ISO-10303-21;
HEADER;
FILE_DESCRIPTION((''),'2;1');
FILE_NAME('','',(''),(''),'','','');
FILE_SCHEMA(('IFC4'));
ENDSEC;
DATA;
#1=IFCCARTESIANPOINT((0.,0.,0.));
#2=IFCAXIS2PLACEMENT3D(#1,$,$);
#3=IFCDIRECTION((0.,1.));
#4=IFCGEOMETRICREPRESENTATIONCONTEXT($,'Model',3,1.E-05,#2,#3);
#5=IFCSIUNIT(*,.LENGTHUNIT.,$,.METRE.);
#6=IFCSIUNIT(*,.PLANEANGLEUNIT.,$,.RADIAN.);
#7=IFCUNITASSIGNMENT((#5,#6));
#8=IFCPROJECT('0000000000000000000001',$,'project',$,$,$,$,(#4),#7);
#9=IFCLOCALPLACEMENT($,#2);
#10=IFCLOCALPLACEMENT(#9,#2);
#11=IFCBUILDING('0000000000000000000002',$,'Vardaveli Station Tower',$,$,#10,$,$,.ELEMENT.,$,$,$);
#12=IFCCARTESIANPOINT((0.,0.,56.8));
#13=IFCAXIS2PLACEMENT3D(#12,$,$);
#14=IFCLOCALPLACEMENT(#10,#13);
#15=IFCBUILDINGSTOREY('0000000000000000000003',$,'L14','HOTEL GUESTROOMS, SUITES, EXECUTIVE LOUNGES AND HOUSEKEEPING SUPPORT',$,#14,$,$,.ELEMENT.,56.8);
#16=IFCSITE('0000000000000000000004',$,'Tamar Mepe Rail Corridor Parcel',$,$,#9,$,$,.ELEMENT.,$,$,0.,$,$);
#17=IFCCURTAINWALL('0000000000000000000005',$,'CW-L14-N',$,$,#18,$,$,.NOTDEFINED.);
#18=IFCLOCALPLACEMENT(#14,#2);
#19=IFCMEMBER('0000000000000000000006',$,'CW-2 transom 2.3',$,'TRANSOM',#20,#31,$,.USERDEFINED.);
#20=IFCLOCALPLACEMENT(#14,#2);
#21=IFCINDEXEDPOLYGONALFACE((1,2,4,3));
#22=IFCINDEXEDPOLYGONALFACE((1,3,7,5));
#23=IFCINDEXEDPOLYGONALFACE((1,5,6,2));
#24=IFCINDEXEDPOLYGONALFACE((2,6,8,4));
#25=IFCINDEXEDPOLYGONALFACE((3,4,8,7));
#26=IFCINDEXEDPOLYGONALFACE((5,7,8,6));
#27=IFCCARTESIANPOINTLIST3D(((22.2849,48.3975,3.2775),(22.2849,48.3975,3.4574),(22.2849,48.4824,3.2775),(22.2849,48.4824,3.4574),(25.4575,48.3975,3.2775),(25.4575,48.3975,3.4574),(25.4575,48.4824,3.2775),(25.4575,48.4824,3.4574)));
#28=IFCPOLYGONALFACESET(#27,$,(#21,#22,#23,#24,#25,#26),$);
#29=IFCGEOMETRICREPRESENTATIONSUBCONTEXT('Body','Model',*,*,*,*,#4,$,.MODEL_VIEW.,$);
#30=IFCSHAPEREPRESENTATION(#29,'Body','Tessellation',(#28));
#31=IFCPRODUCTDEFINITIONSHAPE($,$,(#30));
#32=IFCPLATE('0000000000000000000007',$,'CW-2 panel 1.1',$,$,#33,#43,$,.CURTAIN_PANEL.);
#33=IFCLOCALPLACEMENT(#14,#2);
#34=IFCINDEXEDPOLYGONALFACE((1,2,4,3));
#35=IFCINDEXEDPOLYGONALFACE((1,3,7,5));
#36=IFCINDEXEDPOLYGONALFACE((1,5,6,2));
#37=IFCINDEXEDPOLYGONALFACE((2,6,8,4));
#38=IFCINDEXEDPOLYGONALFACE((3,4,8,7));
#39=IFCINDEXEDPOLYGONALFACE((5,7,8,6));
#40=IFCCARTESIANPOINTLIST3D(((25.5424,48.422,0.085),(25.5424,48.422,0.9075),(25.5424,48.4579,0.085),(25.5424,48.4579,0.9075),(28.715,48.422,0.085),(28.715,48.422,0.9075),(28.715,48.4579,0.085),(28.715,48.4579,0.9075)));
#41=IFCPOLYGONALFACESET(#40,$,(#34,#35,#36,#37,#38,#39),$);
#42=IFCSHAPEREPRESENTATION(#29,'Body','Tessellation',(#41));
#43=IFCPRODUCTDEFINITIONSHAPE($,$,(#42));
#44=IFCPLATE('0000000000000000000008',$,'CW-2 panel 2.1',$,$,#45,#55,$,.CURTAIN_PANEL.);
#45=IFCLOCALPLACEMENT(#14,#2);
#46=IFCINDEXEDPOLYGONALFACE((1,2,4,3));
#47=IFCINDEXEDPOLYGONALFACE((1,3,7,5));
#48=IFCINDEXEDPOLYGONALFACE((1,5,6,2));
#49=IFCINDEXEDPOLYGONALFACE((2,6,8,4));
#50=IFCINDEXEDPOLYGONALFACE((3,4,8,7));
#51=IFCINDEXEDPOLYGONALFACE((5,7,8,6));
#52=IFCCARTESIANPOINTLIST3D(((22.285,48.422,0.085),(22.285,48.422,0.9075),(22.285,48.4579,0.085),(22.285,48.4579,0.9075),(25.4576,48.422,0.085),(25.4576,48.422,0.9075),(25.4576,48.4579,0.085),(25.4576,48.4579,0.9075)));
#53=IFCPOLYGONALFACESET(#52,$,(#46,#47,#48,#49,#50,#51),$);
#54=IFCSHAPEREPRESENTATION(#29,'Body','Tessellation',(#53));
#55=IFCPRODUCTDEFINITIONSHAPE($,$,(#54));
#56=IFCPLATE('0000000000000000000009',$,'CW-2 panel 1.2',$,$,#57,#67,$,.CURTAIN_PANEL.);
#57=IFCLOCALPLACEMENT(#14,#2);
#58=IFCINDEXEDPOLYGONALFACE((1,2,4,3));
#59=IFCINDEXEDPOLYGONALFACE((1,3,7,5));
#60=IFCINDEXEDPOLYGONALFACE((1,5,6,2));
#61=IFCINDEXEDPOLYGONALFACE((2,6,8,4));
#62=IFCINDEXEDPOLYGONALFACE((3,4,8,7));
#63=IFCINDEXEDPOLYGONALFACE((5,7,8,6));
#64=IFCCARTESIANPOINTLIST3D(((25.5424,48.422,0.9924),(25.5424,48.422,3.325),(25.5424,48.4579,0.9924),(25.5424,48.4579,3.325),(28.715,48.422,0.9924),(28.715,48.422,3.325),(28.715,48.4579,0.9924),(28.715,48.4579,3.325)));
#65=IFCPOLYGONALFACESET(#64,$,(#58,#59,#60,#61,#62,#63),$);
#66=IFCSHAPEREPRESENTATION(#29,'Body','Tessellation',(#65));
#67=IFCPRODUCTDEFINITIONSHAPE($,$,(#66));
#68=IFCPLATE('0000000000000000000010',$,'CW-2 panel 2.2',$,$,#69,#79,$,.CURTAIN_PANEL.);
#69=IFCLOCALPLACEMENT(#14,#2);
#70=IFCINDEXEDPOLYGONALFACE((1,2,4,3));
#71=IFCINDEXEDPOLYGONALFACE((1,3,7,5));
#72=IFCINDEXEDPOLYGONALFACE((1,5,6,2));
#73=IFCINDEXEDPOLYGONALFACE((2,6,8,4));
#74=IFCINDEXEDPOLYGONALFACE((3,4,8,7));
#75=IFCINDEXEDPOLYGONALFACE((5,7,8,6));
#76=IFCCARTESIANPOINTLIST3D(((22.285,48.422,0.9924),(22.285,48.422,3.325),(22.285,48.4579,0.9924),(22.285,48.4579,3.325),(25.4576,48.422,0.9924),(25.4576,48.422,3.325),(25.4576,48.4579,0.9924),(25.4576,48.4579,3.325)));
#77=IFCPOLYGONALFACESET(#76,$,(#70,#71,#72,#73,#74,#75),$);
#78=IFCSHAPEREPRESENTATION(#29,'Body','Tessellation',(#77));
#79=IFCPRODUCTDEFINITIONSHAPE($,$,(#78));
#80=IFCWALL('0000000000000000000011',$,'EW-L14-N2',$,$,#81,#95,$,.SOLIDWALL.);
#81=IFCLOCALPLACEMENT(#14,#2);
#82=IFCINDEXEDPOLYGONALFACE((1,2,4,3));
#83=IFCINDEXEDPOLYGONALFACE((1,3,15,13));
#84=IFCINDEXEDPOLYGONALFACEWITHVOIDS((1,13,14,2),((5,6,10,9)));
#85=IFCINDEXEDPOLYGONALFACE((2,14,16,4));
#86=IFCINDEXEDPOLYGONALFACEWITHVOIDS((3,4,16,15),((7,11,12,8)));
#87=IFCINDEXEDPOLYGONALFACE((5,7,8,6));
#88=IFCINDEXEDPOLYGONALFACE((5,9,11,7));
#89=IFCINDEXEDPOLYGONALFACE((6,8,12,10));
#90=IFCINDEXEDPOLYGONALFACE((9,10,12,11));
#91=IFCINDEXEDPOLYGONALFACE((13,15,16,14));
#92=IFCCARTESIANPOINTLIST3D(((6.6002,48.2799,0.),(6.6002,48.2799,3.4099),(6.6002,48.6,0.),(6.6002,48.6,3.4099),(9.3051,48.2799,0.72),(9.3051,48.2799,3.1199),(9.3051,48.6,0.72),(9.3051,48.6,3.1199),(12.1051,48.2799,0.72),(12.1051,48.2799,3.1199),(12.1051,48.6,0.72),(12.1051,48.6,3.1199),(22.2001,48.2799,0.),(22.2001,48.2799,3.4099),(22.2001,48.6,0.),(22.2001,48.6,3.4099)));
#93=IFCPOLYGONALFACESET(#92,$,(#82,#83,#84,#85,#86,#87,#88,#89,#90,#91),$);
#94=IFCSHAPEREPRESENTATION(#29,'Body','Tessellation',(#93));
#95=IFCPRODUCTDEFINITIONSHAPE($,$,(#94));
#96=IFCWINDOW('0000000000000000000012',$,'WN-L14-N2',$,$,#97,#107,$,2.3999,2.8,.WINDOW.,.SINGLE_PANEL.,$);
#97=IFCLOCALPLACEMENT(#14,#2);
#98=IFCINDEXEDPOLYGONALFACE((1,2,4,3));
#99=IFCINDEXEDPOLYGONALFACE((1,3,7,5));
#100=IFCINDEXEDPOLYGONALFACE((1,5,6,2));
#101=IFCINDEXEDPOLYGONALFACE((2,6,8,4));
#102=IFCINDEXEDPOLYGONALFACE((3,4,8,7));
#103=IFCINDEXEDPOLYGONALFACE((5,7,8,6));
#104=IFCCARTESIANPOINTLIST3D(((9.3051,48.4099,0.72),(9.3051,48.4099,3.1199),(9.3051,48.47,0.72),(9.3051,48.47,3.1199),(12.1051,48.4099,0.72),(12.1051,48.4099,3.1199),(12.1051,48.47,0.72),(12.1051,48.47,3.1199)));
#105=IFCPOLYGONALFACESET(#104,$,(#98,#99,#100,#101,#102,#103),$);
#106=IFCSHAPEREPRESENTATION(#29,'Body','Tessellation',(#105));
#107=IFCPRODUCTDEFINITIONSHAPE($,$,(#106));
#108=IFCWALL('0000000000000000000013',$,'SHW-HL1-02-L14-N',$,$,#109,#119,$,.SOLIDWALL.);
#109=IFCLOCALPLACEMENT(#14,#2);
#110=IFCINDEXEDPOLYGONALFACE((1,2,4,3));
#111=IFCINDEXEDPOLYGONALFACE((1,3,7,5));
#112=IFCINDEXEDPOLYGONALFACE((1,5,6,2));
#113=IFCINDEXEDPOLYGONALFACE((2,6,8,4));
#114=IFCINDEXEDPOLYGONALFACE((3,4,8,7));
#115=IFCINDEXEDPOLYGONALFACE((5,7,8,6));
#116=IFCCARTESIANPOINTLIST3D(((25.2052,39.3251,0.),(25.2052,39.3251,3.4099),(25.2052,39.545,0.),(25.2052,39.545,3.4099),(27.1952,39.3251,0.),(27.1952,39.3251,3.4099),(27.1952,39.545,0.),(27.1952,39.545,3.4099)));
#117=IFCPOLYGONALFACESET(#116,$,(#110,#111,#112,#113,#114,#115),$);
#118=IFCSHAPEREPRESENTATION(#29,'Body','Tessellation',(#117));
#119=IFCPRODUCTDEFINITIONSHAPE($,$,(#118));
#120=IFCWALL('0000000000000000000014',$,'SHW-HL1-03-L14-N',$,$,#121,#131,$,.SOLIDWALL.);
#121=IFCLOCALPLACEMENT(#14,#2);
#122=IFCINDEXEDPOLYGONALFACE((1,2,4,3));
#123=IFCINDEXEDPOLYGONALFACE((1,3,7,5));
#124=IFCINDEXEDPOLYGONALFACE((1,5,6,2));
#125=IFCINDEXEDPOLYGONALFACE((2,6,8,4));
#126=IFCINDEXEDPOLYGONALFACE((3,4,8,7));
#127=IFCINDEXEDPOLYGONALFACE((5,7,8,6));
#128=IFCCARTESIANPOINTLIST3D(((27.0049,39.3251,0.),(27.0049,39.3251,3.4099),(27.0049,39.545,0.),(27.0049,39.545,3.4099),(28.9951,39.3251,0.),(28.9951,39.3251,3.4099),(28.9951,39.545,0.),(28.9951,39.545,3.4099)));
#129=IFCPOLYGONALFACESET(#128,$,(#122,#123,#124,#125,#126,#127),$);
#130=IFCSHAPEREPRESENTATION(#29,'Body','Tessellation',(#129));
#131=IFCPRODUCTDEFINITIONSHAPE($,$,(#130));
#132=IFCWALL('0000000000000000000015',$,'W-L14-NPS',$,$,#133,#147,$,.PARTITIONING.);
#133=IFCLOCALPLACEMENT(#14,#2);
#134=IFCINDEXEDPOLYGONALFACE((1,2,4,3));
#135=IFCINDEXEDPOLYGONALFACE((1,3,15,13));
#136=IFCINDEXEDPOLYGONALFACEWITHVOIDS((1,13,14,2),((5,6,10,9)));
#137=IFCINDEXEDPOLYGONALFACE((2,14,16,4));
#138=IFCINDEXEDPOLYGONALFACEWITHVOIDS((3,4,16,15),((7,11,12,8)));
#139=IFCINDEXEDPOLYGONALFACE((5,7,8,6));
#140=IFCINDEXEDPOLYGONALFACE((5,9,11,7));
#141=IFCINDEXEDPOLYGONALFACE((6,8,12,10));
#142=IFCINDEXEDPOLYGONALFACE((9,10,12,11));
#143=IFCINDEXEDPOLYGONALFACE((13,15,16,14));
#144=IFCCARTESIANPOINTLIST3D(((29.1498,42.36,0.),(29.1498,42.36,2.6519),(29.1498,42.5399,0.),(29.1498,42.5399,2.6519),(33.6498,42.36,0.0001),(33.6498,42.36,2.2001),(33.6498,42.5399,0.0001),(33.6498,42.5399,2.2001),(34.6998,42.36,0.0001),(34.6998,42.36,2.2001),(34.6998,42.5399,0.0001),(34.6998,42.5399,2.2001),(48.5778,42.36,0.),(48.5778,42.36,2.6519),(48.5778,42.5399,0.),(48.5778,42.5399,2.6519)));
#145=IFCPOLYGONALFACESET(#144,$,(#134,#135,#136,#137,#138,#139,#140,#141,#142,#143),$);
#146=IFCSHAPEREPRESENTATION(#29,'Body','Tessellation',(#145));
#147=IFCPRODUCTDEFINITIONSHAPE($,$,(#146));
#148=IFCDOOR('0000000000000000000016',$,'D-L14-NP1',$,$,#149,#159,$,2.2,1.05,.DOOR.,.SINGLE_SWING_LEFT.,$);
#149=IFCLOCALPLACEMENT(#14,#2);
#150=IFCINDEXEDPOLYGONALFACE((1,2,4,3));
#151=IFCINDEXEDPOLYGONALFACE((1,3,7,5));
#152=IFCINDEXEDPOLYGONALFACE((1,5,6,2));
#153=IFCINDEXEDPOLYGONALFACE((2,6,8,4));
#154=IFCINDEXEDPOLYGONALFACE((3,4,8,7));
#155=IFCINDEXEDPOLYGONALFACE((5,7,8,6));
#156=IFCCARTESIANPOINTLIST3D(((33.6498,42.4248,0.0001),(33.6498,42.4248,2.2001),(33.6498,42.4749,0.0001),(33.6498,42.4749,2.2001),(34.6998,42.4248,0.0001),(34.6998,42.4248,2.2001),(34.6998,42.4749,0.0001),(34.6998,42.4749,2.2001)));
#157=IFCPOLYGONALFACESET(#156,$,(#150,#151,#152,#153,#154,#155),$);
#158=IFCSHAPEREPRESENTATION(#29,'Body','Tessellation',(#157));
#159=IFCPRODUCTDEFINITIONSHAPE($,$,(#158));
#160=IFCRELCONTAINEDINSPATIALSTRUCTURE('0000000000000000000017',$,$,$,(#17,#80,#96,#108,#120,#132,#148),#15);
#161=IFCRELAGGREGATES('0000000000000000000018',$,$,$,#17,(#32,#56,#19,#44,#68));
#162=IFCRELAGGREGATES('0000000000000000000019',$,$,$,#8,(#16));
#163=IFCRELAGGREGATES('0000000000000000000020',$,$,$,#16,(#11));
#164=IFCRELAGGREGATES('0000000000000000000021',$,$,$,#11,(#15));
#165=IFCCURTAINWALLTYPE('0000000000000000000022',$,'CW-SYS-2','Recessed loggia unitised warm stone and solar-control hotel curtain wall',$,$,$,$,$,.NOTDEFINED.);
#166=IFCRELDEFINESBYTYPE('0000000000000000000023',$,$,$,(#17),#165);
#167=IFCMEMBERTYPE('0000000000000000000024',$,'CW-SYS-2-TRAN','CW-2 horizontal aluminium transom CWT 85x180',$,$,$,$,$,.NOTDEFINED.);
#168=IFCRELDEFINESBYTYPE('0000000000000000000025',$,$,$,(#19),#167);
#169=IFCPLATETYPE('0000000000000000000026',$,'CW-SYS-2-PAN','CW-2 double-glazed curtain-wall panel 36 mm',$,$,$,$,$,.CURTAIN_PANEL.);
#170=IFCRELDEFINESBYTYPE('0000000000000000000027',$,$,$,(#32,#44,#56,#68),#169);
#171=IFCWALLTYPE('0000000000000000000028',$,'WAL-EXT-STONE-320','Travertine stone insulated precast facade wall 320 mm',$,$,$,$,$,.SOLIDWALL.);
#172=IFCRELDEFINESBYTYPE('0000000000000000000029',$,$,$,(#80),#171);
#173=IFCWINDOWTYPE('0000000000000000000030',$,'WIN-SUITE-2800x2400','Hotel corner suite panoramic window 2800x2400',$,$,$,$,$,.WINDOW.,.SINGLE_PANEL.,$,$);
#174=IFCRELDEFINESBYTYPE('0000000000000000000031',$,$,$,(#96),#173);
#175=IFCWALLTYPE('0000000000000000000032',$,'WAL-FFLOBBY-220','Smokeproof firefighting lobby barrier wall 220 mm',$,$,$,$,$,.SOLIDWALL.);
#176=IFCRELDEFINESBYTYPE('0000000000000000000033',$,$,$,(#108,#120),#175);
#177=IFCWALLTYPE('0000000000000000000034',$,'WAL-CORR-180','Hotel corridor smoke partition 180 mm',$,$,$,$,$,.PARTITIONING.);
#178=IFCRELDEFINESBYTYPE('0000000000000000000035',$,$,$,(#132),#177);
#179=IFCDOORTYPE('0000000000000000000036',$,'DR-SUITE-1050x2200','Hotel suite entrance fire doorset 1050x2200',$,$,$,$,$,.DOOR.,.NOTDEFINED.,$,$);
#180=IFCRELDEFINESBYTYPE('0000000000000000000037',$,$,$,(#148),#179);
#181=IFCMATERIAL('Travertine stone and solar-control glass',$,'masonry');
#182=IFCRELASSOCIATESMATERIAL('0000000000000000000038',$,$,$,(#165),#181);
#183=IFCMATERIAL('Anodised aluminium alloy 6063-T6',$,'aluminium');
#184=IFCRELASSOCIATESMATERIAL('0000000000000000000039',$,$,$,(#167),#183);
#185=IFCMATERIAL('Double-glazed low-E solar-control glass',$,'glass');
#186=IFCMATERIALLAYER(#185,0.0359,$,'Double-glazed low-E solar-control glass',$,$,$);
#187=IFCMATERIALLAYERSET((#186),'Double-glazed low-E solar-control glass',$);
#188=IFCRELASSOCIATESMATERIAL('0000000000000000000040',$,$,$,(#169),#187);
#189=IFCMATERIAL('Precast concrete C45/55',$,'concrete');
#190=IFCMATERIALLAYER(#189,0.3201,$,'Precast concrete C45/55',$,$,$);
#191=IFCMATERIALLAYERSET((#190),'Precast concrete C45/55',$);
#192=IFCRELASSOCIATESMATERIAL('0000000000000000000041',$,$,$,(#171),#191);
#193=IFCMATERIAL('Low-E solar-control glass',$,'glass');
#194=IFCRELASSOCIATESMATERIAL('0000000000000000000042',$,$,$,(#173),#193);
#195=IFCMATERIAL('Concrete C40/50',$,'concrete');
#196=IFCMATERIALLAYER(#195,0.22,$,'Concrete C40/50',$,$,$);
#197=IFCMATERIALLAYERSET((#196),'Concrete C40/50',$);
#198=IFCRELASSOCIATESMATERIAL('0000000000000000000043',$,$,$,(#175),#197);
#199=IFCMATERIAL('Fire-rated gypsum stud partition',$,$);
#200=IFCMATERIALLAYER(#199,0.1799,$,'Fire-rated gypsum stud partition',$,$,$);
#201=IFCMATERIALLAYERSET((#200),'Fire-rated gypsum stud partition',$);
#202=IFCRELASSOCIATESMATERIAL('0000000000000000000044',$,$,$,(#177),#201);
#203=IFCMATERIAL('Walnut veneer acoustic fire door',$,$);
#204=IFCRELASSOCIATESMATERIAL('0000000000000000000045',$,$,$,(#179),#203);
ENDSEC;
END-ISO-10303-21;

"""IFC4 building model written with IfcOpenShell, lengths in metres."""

from ifc_helpers import new_model, si_unit, direction, frame, frame_2d, origin, origin_2d, place, context, subcontext, project, spatial, rectangle, extrude, source, transform, mapped, material, layer, layer_set, material_profile, profile_set, type_object, element, fill, aggregate, save


model = new_model("IFC4")

# Units and contexts
model_context = context("Model", 3, precision=1e-05, world=origin(), true_north=direction((0.0, 1.0)))
body_context = subcontext(model_context, "Body", "Model", "MODEL_VIEW")
ifc_project = project(units=[si_unit("LENGTHUNIT", "METRE"), si_unit("PLANEANGLEUNIT", "RADIAN")], contexts=[model_context])

# Site, building, storey
site_placement = place(None, origin())
site = spatial("IfcSite", under=ifc_project, at=site_placement, Name="Tamar Mepe Rail Corridor Parcel", CompositionType="ELEMENT", RefElevation=0.0)
building_placement = place(site_placement, origin())
building = spatial("IfcBuilding", under=site, at=building_placement, Name="Vardaveli Station Tower", CompositionType="ELEMENT")
storey_placement = place(building_placement, frame((0.0, 0.0, 56.8)))
storey = spatial("IfcBuildingStorey", under=building, at=storey_placement, Name="L14", Description="HOTEL GUESTROOMS, SUITES, EXECUTIVE LOUNGES AND HOUSEKEEPING SUPPORT", CompositionType="ELEMENT", Elevation=56.8)

# Shared definitions
ifc_material_1 = material(Name="Precast concrete C45/55", Category="concrete")

# Curtain wall, member, plates
ifc_material_2 = material(Name="Travertine stone and solar-control glass", Category="masonry")
curtain_wall_type = type_object("IfcCurtainWallType", Name="CW-SYS-2", Description="Recessed loggia unitised warm stone and solar-control hotel curtain wall", PredefinedType="NOTDEFINED", material=ifc_material_2)
curtain_wall_placement = place(storey_placement, origin())
curtain_wall = element("IfcCurtainWall", 1, at=curtain_wall_placement, inside=storey, type_object=curtain_wall_type, Name="CW-L14-N", PredefinedType="NOTDEFINED")
ifc_material_3 = material(Name="Anodised aluminium alloy 6063-T6", Category="aluminium")
ifc_material_profile_1 = material_profile(ifc_material_3, rectangle(XDim=0.085, YDim=0.1799, at=origin_2d()), Name="CWT 85x180")
ifc_profile_set_1 = profile_set([ifc_material_profile_1], Name="Anodised aluminium alloy 6063-T6")
member_type_1 = type_object("IfcMemberType", Name="CW-SYS-2-TRAN", Description="CW-2 horizontal aluminium transom CWT 85x180", PredefinedType="NOTDEFINED", material=ifc_profile_set_1)
shared_shape_1 = source(origin(), body_context, "Body", "SweptSolid", [
    extrude(rectangle(XDim=0.085, YDim=0.1799, at=origin_2d()), origin(), (0.0, 0.0, 1.0), 3.1726),
])
member_1_placement = place(storey_placement, frame((25.4575, 48.4399, 3.3674), z_axis=(-1.0, 0.0, 0.0), x_axis=(0.0, -1.0, 0.0)))
member_1 = element("IfcMember", 2, at=member_1_placement, type_object=member_type_1, Name="CW-2 transom 2.3", ObjectType="TRANSOM", PredefinedType="USERDEFINED", context=body_context, shape_type="MappedRepresentation", body=[
    mapped(shared_shape_1, transform((0.0, 0.0, 0.0), scale=1.0)),
])
ifc_material_4 = material(Name="Double-glazed low-E solar-control glass", Category="glass")
ifc_layer_1 = layer(ifc_material_4, 0.0359, Name="Double-glazed low-E solar-control glass")
ifc_layer_set_1 = layer_set([ifc_layer_1], Name="Double-glazed low-E solar-control glass")
plate_type = type_object("IfcPlateType", Name="CW-SYS-2-PAN", Description="CW-2 double-glazed curtain-wall panel 36 mm", PredefinedType="CURTAIN_PANEL", material=ifc_layer_set_1)
shared_shape_2 = source(origin(), body_context, "Body", "SweptSolid", [
    extrude(rectangle(XDim=3.1726, YDim=0.0359, at=origin_2d()), origin(), (0.0, 0.0, 1.0), 0.8225),
])
plate_1_placement = place(storey_placement, frame((27.1287, 48.4399, 0.085), z_axis=(0.0, 0.0, 1.0), x_axis=(-1.0, 0.0, 0.0)))
plate_1 = element("IfcPlate", 3, at=plate_1_placement, type_object=plate_type, Name="CW-2 panel 1.1", PredefinedType="CURTAIN_PANEL", context=body_context, shape_type="MappedRepresentation", body=[
    mapped(shared_shape_2, transform((0.0, 0.0, 0.0), scale=1.0)),
])
plate_2_placement = place(storey_placement, frame((23.8713, 48.4399, 0.085), z_axis=(0.0, 0.0, 1.0), x_axis=(-1.0, 0.0, 0.0)))
plate_2 = element("IfcPlate", 4, at=plate_2_placement, type_object=plate_type, Name="CW-2 panel 2.1", PredefinedType="CURTAIN_PANEL", context=body_context, shape_type="MappedRepresentation", body=[
    mapped(shared_shape_2, transform((0.0, 0.0, 0.0), scale=1.0)),
])
shared_shape_3 = source(origin(), body_context, "Body", "SweptSolid", [
    extrude(rectangle(XDim=3.1726, YDim=0.0359, at=origin_2d()), origin(), (0.0, 0.0, 1.0), 2.3325),
])
plate_3_placement = place(storey_placement, frame((27.1287, 48.4399, 0.9924), z_axis=(0.0, 0.0, 1.0), x_axis=(-1.0, 0.0, 0.0)))
plate_3 = element("IfcPlate", 5, at=plate_3_placement, type_object=plate_type, Name="CW-2 panel 1.2", PredefinedType="CURTAIN_PANEL", context=body_context, shape_type="MappedRepresentation", body=[
    mapped(shared_shape_3, transform((0.0, 0.0, 0.0), scale=1.0)),
])
plate_4_placement = place(storey_placement, frame((23.8713, 48.4399, 0.9924), z_axis=(0.0, 0.0, 1.0), x_axis=(-1.0, 0.0, 0.0)))
plate_4 = element("IfcPlate", 6, at=plate_4_placement, type_object=plate_type, Name="CW-2 panel 2.2", PredefinedType="CURTAIN_PANEL", context=body_context, shape_type="MappedRepresentation", body=[
    mapped(shared_shape_3, transform((0.0, 0.0, 0.0), scale=1.0)),
])
aggregate(curtain_wall, [plate_1, plate_3, member_1, plate_2, plate_4])

# Wall, opening, window
ifc_layer_2 = layer(ifc_material_1, 0.3201, Name="Precast concrete C45/55")
ifc_layer_set_2 = layer_set([ifc_layer_2], Name="Precast concrete C45/55")
wall_type_1 = type_object("IfcWallType", Name="WAL-EXT-STONE-320", Description="Travertine stone insulated precast facade wall 320 mm", PredefinedType="SOLIDWALL", material=ifc_layer_set_2)
shared_shape_4 = source(origin(), body_context, "Body", "SweptSolid", [
    extrude(rectangle(XDim=15.5999, YDim=0.3201, at=frame_2d((7.7998, 0.0))), origin(), (0.0, 0.0, 1.0), 3.4099),
])
wall_1_placement = place(storey_placement, frame((22.2, 48.4399, 0.0), z_axis=(0.0, 0.0, 1.0), x_axis=(-1.0, 0.0, 0.0)))
wall_1 = element("IfcWall", 7, at=wall_1_placement, inside=storey, type_object=wall_type_1, Name="EW-L14-N2", PredefinedType="SOLIDWALL", context=body_context, shape_type="MappedRepresentation", body=[
    mapped(shared_shape_4, transform((0.0, 0.0, 0.0), scale=1.0)),
])
shared_shape_5 = source(origin(), body_context, "Body", "SweptSolid", [
    extrude(rectangle(XDim=2.8, YDim=2.3999, at=frame_2d((1.3999, 1.2))), frame((0.0, 0.1699, 0.0), z_axis=(0.0, -1.0, 0.0), x_axis=(1.0, 0.0, 0.0)), (0.0, 0.0, 1.0), 0.3401),
])
opening_1_placement = place(wall_1_placement, frame((10.095, 0.0, 0.72)))
opening_1 = element("IfcOpeningElement", 8, at=opening_1_placement, cuts=wall_1, PredefinedType="OPENING", context=body_context, shape_type="MappedRepresentation", body=[
    mapped(shared_shape_5, transform((0.0, 0.0, 0.0), scale=1.0)),
])
ifc_material_5 = material(Name="Low-E solar-control glass", Category="glass")
window_type = type_object("IfcWindowType", Name="WIN-SUITE-2800x2400", Description="Hotel corner suite panoramic window 2800x2400", PartitioningType="SINGLE_PANEL", PredefinedType="WINDOW", material=ifc_material_5)
shared_shape_6 = source(origin(), body_context, "Body", "SweptSolid", [
    extrude(rectangle(XDim=2.8, YDim=2.3999, at=frame_2d((1.3999, 1.2))), frame((0.0, 0.03, 0.0), z_axis=(0.0, -1.0, 0.0), x_axis=(1.0, 0.0, 0.0)), (0.0, 0.0, 1.0), 0.0601),
])
window_placement = place(opening_1_placement, origin())
window = element("IfcWindow", 9, at=window_placement, inside=storey, type_object=window_type, Name="WN-L14-N2", OverallHeight=2.3999, OverallWidth=2.8, PartitioningType="SINGLE_PANEL", PredefinedType="WINDOW", context=body_context, shape_type="MappedRepresentation", body=[
    mapped(shared_shape_6, transform((0.0, 0.0, 0.0), scale=1.0)),
])
fill(opening_1, window)

# Walls
ifc_material_6 = material(Name="Concrete C40/50", Category="concrete")
ifc_layer_3 = layer(ifc_material_6, 0.22, Name="Concrete C40/50")
ifc_layer_set_3 = layer_set([ifc_layer_3], Name="Concrete C40/50")
wall_type_2 = type_object("IfcWallType", Name="WAL-FFLOBBY-220", Description="Smokeproof firefighting lobby barrier wall 220 mm", PredefinedType="SOLIDWALL", material=ifc_layer_set_3)
shared_shape_7 = source(origin(), body_context, "Body", "SweptSolid", [
    extrude(rectangle(XDim=1.99, YDim=0.22, at=frame_2d((0.9951, 0.0))), origin(), (0.0, 0.0, 1.0), 3.4099),
])
wall_2_placement = place(storey_placement, frame((25.2051, 39.4351, 0.0), z_axis=(0.0, 0.0, 1.0), x_axis=(1.0, 0.0, 0.0)))
element("IfcWall", 10, at=wall_2_placement, inside=storey, type_object=wall_type_2, Name="SHW-HL1-02-L14-N", PredefinedType="SOLIDWALL", context=body_context, shape_type="MappedRepresentation", body=[
    mapped(shared_shape_7, transform((0.0, 0.0, 0.0), scale=1.0)),
])
shared_shape_8 = source(origin(), body_context, "Body", "SweptSolid", [
    extrude(rectangle(XDim=1.9902, YDim=0.22, at=frame_2d((0.9951, 0.0))), origin(), (0.0, 0.0, 1.0), 3.4099),
])
wall_3_placement = place(storey_placement, frame((27.0049, 39.4351, 0.0), z_axis=(0.0, 0.0, 1.0), x_axis=(1.0, 0.0, 0.0)))
element("IfcWall", 11, at=wall_3_placement, inside=storey, type_object=wall_type_2, Name="SHW-HL1-03-L14-N", PredefinedType="SOLIDWALL", context=body_context, shape_type="MappedRepresentation", body=[
    mapped(shared_shape_8, transform((0.0, 0.0, 0.0), scale=1.0)),
])

# Wall, opening, door
ifc_material_7 = material(Name="Fire-rated gypsum stud partition")
ifc_layer_4 = layer(ifc_material_7, 0.1799, Name="Fire-rated gypsum stud partition")
ifc_layer_set_4 = layer_set([ifc_layer_4], Name="Fire-rated gypsum stud partition")
wall_type_3 = type_object("IfcWallType", Name="WAL-CORR-180", Description="Hotel corridor smoke partition 180 mm", PredefinedType="PARTITIONING", material=ifc_layer_set_4)
shared_shape_9 = source(origin(), body_context, "Body", "SweptSolid", [
    extrude(rectangle(XDim=19.428, YDim=0.1799, at=frame_2d((9.7139, 0.0))), origin(), (0.0, 0.0, 1.0), 2.6519),
])
wall_4_placement = place(storey_placement, frame((29.1499, 42.45, 0.0), z_axis=(0.0, 0.0, 1.0), x_axis=(1.0, 0.0, 0.0)))
wall_4 = element("IfcWall", 12, at=wall_4_placement, inside=storey, type_object=wall_type_3, Name="W-L14-NPS", PredefinedType="PARTITIONING", context=body_context, shape_type="MappedRepresentation", body=[
    mapped(shared_shape_9, transform((0.0, 0.0, 0.0), scale=1.0)),
])
shared_shape_10 = source(origin(), body_context, "Body", "SweptSolid", [
    extrude(rectangle(XDim=1.05, YDim=2.2, at=frame_2d((0.5249, 1.1001))), frame((0.0, 0.1001, 0.0), z_axis=(0.0, -1.0, 0.0), x_axis=(1.0, 0.0, 0.0)), (0.0, 0.0, 1.0), 0.2),
])
opening_2_placement = place(wall_4_placement, frame((4.5, 0.0, 0.0)))
opening_2 = element("IfcOpeningElement", 13, at=opening_2_placement, cuts=wall_4, PredefinedType="OPENING", context=body_context, shape_type="MappedRepresentation", body=[
    mapped(shared_shape_10, transform((0.0, 0.0, 0.0), scale=1.0)),
])
ifc_material_8 = material(Name="Walnut veneer acoustic fire door")
door_type = type_object("IfcDoorType", Name="DR-SUITE-1050x2200", Description="Hotel suite entrance fire doorset 1050x2200", OperationType="NOTDEFINED", PredefinedType="DOOR", material=ifc_material_8)
shared_shape_11 = source(origin(), body_context, "Body", "SweptSolid", [
    extrude(rectangle(XDim=1.05, YDim=2.2, at=frame_2d((0.5249, 1.1001))), frame((0.0, 0.0249, 0.0), z_axis=(0.0, -1.0, 0.0), x_axis=(1.0, 0.0, 0.0)), (0.0, 0.0, 1.0), 0.05),
])
door_placement = place(opening_2_placement, origin())
door = element("IfcDoor", 14, at=door_placement, inside=storey, type_object=door_type, Name="D-L14-NP1", OperationType="SINGLE_SWING_LEFT", OverallHeight=2.2, OverallWidth=1.05, PredefinedType="DOOR", context=body_context, shape_type="MappedRepresentation", body=[
    mapped(shared_shape_11, transform((0.0, 0.0, 0.0), scale=1.0)),
])
fill(opening_2, door)

save(model, "model.ifc")
